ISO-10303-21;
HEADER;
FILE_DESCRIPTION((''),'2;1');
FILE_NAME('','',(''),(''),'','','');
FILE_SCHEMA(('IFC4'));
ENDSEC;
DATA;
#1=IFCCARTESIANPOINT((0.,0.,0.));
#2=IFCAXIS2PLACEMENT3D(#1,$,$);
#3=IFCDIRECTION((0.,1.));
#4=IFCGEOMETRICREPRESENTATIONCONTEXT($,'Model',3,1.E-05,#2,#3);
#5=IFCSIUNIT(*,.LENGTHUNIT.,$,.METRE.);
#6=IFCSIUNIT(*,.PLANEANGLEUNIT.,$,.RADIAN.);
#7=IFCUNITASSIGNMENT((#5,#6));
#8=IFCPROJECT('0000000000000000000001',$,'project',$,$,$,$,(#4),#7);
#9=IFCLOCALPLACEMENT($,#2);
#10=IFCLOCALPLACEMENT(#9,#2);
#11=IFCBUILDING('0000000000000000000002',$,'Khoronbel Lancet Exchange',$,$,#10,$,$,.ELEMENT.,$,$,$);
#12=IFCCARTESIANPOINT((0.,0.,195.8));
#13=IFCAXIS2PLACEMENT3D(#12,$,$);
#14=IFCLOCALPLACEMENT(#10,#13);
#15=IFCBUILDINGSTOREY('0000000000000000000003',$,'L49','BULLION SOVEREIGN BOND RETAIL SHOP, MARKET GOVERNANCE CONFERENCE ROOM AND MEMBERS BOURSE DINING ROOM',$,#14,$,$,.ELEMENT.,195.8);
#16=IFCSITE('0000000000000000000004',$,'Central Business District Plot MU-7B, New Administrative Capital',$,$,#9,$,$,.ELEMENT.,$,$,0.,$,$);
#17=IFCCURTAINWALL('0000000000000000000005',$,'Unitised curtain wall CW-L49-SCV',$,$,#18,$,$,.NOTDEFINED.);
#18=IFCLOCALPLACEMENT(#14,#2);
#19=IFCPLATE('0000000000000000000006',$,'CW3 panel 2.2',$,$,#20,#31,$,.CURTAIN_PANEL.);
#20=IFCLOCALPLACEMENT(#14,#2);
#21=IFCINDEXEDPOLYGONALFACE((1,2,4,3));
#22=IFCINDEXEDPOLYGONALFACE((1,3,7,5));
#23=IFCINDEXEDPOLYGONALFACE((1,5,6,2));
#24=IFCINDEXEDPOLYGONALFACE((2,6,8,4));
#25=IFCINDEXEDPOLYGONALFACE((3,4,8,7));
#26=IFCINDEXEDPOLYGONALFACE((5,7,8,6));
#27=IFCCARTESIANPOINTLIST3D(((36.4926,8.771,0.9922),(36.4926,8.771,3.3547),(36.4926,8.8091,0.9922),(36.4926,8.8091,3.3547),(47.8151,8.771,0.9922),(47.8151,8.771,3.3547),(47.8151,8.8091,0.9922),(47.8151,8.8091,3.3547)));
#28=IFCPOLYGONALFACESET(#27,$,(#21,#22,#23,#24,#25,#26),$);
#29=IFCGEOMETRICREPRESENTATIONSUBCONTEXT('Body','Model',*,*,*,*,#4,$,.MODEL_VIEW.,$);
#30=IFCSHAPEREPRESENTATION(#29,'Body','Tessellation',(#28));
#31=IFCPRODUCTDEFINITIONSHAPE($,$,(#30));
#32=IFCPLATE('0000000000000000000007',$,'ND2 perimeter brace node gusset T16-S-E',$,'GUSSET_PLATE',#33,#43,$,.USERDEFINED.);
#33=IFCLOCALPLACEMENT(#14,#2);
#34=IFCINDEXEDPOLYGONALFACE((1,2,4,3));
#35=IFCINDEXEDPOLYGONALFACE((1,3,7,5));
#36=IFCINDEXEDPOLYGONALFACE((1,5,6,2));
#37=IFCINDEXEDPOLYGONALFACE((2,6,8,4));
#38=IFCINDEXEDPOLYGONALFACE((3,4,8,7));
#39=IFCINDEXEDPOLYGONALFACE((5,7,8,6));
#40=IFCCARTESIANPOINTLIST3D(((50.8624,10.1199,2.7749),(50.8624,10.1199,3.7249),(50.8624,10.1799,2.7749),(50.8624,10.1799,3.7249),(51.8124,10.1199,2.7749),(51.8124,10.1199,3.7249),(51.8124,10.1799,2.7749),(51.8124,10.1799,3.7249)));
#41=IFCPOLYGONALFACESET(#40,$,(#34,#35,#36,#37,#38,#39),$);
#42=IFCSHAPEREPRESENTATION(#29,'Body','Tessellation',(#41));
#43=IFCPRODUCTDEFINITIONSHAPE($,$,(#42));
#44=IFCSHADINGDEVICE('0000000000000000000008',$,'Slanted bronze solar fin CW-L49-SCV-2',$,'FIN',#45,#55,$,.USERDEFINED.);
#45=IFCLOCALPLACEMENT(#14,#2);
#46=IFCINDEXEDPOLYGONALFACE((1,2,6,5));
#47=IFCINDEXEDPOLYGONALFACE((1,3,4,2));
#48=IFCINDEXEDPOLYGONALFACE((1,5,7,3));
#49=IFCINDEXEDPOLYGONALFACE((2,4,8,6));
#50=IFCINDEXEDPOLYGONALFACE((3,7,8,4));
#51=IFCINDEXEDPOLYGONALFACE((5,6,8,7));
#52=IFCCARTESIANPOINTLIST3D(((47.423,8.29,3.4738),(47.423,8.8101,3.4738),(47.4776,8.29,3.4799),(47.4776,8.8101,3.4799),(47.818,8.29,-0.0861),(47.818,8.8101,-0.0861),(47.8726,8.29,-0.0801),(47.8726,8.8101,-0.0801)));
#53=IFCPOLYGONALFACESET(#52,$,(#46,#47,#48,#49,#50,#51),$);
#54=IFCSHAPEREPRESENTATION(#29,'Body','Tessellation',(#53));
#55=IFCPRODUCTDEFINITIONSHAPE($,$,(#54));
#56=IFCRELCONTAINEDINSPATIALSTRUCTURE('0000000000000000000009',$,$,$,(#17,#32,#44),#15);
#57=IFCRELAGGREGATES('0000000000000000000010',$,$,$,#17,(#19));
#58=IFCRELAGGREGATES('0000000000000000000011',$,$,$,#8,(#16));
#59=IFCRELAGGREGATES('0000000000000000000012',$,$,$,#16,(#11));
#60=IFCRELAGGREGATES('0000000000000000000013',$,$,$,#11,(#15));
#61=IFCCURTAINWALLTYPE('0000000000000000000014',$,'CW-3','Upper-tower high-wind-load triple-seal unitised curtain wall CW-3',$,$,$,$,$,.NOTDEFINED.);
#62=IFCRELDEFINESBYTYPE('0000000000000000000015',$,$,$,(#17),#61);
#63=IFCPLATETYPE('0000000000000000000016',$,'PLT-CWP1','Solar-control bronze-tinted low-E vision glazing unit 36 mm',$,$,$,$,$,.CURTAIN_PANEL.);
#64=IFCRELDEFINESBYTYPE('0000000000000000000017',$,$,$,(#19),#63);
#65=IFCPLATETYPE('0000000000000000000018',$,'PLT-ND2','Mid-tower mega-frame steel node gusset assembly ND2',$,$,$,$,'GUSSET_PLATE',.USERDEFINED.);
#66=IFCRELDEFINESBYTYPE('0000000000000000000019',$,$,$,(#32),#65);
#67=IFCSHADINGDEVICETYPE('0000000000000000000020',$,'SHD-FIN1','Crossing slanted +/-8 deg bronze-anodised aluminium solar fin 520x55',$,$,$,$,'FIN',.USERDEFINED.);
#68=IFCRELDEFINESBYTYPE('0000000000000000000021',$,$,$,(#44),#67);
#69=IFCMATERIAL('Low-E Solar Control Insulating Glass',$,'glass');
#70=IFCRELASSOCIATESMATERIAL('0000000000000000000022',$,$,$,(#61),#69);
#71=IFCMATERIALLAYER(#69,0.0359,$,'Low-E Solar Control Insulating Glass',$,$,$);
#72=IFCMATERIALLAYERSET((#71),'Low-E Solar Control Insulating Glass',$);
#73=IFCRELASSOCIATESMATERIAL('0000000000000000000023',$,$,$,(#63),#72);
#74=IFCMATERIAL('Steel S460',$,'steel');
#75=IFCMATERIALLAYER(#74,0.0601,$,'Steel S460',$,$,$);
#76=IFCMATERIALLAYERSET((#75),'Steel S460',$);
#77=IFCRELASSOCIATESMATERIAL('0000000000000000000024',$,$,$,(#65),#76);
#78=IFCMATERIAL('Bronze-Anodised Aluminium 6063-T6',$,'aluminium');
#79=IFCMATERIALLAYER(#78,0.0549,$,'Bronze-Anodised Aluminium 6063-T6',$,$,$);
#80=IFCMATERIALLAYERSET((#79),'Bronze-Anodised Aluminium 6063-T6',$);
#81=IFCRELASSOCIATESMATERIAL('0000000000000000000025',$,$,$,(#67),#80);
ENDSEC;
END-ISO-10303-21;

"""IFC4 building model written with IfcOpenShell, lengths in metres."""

from ifc_helpers import new_model, si_unit, direction, frame, origin, origin_2d, place, context, subcontext, project, spatial, polyline, rectangle, outline, extrude, material, layer, layer_set, type_object, element, aggregate, save


model = new_model("IFC4")

# Units and contexts
model_context = context("Model", 3, precision=1e-05, world=origin(), true_north=direction((0.0, 1.0)))
body_context = subcontext(model_context, "Body", "Model", "MODEL_VIEW")
ifc_project = project(units=[si_unit("LENGTHUNIT", "METRE"), si_unit("PLANEANGLEUNIT", "RADIAN")], contexts=[model_context])

# Site, building, storey
site_placement = place(None, origin())
site = spatial("IfcSite", under=ifc_project, at=site_placement, Name="Central Business District Plot MU-7B, New Administrative Capital", CompositionType="ELEMENT", RefElevation=0.0)
building_placement = place(site_placement, origin())
building = spatial("IfcBuilding", under=site, at=building_placement, Name="Khoronbel Lancet Exchange", CompositionType="ELEMENT")
storey_placement = place(building_placement, frame((0.0, 0.0, 195.8)))
storey = spatial("IfcBuildingStorey", under=building, at=storey_placement, Name="L49", Description="BULLION SOVEREIGN BOND RETAIL SHOP, MARKET GOVERNANCE CONFERENCE ROOM AND MEMBERS BOURSE DINING ROOM", CompositionType="ELEMENT", Elevation=195.8)

# Shared definitions
ifc_material_1 = material(Name="Steel S460", Category="steel")

# Curtain wall
ifc_material_2 = material(Name="Low-E Solar Control Insulating Glass", Category="glass")
curtain_wall_type = type_object("IfcCurtainWallType", Name="CW-3", Description="Upper-tower high-wind-load triple-seal unitised curtain wall CW-3", PredefinedType="NOTDEFINED", material=ifc_material_2)
curtain_wall_1_placement = place(storey_placement, origin())
curtain_wall_1 = element("IfcCurtainWall", 1, at=curtain_wall_1_placement, inside=storey, type_object=curtain_wall_type, Name="Unitised curtain wall CW-L49-SCV", PredefinedType="NOTDEFINED")
ifc_material_3 = material(Name="Bronze-Anodised Aluminium 6063-T6", Category="aluminium")

# Plates
ifc_layer_1 = layer(ifc_material_2, 0.0359, Name="Low-E Solar Control Insulating Glass")
ifc_layer_set_1 = layer_set([ifc_layer_1], Name="Low-E Solar Control Insulating Glass")
plate_type_1 = type_object("IfcPlateType", Name="PLT-CWP1", Description="Solar-control bronze-tinted low-E vision glazing unit 36 mm", PredefinedType="CURTAIN_PANEL", material=ifc_layer_set_1)
plate_1_placement = place(storey_placement, frame((42.1538, 8.79, 0.9922), z_axis=(0.0, 0.0, 1.0), x_axis=(1.0, 0.0, 0.0)))
plate_1 = element("IfcPlate", 2, at=plate_1_placement, type_object=plate_type_1, Name="CW3 panel 2.2", PredefinedType="CURTAIN_PANEL", context=body_context, shape_type="SweptSolid", body=[
    extrude(rectangle(XDim=11.3225, YDim=0.0381, at=origin_2d()), origin(), (0.0, 0.0, 1.0), 2.3625),
])
aggregate(curtain_wall_1, [plate_1])
ifc_layer_2 = layer(ifc_material_1, 0.0601, Name="Steel S460")
ifc_layer_set_2 = layer_set([ifc_layer_2], Name="Steel S460")
plate_type_2 = type_object("IfcPlateType", Name="PLT-ND2", Description="Mid-tower mega-frame steel node gusset assembly ND2", ElementType="GUSSET_PLATE", PredefinedType="USERDEFINED", material=ifc_layer_set_2)
plate_2_placement = place(storey_placement, frame((51.3374, 10.1499, 2.7749), z_axis=(0.0, 0.0, 1.0), x_axis=(1.0, 0.0, 0.0)))
element("IfcPlate", 3, at=plate_2_placement, inside=storey, type_object=plate_type_2, Name="ND2 perimeter brace node gusset T16-S-E", ObjectType="GUSSET_PLATE", PredefinedType="USERDEFINED", context=body_context, shape_type="SweptSolid", body=[
    extrude(rectangle(XDim=0.95, YDim=0.0601, at=origin_2d()), origin(), (0.0, 0.0, 1.0), 0.95),
])

# Shading device
ifc_layer_3 = layer(ifc_material_3, 0.0549, Name="Bronze-Anodised Aluminium 6063-T6")
ifc_layer_set_3 = layer_set([ifc_layer_3], Name="Bronze-Anodised Aluminium 6063-T6")
shading_device_type = type_object("IfcShadingDeviceType", Name="SHD-FIN1", Description="Crossing slanted +/-8 deg bronze-anodised aluminium solar fin 520x55", ElementType="FIN", PredefinedType="USERDEFINED", material=ifc_layer_set_3)
shading_device_placement = place(storey_placement, frame((47.8726, 8.8101, -0.0801), z_axis=(0.9939, 0.0, 0.110282), x_axis=(0.0, -1.0, 0.0)))
element("IfcShadingDevice", 4, at=shading_device_placement, inside=storey, type_object=shading_device_type, Name="Slanted bronze solar fin CW-L49-SCV-2", ObjectType="FIN", PredefinedType="USERDEFINED", context=body_context, shape_type="SweptSolid", body=[
    extrude(outline(polyline([(0.0, 0.0), (0.52, 0.0), (0.52, -3.5818), (0.0, -3.5818), (0.0, 0.0)])), origin(), (0.0, 0.0, -1.0), 0.0549),
])

save(model, "model.ifc")
